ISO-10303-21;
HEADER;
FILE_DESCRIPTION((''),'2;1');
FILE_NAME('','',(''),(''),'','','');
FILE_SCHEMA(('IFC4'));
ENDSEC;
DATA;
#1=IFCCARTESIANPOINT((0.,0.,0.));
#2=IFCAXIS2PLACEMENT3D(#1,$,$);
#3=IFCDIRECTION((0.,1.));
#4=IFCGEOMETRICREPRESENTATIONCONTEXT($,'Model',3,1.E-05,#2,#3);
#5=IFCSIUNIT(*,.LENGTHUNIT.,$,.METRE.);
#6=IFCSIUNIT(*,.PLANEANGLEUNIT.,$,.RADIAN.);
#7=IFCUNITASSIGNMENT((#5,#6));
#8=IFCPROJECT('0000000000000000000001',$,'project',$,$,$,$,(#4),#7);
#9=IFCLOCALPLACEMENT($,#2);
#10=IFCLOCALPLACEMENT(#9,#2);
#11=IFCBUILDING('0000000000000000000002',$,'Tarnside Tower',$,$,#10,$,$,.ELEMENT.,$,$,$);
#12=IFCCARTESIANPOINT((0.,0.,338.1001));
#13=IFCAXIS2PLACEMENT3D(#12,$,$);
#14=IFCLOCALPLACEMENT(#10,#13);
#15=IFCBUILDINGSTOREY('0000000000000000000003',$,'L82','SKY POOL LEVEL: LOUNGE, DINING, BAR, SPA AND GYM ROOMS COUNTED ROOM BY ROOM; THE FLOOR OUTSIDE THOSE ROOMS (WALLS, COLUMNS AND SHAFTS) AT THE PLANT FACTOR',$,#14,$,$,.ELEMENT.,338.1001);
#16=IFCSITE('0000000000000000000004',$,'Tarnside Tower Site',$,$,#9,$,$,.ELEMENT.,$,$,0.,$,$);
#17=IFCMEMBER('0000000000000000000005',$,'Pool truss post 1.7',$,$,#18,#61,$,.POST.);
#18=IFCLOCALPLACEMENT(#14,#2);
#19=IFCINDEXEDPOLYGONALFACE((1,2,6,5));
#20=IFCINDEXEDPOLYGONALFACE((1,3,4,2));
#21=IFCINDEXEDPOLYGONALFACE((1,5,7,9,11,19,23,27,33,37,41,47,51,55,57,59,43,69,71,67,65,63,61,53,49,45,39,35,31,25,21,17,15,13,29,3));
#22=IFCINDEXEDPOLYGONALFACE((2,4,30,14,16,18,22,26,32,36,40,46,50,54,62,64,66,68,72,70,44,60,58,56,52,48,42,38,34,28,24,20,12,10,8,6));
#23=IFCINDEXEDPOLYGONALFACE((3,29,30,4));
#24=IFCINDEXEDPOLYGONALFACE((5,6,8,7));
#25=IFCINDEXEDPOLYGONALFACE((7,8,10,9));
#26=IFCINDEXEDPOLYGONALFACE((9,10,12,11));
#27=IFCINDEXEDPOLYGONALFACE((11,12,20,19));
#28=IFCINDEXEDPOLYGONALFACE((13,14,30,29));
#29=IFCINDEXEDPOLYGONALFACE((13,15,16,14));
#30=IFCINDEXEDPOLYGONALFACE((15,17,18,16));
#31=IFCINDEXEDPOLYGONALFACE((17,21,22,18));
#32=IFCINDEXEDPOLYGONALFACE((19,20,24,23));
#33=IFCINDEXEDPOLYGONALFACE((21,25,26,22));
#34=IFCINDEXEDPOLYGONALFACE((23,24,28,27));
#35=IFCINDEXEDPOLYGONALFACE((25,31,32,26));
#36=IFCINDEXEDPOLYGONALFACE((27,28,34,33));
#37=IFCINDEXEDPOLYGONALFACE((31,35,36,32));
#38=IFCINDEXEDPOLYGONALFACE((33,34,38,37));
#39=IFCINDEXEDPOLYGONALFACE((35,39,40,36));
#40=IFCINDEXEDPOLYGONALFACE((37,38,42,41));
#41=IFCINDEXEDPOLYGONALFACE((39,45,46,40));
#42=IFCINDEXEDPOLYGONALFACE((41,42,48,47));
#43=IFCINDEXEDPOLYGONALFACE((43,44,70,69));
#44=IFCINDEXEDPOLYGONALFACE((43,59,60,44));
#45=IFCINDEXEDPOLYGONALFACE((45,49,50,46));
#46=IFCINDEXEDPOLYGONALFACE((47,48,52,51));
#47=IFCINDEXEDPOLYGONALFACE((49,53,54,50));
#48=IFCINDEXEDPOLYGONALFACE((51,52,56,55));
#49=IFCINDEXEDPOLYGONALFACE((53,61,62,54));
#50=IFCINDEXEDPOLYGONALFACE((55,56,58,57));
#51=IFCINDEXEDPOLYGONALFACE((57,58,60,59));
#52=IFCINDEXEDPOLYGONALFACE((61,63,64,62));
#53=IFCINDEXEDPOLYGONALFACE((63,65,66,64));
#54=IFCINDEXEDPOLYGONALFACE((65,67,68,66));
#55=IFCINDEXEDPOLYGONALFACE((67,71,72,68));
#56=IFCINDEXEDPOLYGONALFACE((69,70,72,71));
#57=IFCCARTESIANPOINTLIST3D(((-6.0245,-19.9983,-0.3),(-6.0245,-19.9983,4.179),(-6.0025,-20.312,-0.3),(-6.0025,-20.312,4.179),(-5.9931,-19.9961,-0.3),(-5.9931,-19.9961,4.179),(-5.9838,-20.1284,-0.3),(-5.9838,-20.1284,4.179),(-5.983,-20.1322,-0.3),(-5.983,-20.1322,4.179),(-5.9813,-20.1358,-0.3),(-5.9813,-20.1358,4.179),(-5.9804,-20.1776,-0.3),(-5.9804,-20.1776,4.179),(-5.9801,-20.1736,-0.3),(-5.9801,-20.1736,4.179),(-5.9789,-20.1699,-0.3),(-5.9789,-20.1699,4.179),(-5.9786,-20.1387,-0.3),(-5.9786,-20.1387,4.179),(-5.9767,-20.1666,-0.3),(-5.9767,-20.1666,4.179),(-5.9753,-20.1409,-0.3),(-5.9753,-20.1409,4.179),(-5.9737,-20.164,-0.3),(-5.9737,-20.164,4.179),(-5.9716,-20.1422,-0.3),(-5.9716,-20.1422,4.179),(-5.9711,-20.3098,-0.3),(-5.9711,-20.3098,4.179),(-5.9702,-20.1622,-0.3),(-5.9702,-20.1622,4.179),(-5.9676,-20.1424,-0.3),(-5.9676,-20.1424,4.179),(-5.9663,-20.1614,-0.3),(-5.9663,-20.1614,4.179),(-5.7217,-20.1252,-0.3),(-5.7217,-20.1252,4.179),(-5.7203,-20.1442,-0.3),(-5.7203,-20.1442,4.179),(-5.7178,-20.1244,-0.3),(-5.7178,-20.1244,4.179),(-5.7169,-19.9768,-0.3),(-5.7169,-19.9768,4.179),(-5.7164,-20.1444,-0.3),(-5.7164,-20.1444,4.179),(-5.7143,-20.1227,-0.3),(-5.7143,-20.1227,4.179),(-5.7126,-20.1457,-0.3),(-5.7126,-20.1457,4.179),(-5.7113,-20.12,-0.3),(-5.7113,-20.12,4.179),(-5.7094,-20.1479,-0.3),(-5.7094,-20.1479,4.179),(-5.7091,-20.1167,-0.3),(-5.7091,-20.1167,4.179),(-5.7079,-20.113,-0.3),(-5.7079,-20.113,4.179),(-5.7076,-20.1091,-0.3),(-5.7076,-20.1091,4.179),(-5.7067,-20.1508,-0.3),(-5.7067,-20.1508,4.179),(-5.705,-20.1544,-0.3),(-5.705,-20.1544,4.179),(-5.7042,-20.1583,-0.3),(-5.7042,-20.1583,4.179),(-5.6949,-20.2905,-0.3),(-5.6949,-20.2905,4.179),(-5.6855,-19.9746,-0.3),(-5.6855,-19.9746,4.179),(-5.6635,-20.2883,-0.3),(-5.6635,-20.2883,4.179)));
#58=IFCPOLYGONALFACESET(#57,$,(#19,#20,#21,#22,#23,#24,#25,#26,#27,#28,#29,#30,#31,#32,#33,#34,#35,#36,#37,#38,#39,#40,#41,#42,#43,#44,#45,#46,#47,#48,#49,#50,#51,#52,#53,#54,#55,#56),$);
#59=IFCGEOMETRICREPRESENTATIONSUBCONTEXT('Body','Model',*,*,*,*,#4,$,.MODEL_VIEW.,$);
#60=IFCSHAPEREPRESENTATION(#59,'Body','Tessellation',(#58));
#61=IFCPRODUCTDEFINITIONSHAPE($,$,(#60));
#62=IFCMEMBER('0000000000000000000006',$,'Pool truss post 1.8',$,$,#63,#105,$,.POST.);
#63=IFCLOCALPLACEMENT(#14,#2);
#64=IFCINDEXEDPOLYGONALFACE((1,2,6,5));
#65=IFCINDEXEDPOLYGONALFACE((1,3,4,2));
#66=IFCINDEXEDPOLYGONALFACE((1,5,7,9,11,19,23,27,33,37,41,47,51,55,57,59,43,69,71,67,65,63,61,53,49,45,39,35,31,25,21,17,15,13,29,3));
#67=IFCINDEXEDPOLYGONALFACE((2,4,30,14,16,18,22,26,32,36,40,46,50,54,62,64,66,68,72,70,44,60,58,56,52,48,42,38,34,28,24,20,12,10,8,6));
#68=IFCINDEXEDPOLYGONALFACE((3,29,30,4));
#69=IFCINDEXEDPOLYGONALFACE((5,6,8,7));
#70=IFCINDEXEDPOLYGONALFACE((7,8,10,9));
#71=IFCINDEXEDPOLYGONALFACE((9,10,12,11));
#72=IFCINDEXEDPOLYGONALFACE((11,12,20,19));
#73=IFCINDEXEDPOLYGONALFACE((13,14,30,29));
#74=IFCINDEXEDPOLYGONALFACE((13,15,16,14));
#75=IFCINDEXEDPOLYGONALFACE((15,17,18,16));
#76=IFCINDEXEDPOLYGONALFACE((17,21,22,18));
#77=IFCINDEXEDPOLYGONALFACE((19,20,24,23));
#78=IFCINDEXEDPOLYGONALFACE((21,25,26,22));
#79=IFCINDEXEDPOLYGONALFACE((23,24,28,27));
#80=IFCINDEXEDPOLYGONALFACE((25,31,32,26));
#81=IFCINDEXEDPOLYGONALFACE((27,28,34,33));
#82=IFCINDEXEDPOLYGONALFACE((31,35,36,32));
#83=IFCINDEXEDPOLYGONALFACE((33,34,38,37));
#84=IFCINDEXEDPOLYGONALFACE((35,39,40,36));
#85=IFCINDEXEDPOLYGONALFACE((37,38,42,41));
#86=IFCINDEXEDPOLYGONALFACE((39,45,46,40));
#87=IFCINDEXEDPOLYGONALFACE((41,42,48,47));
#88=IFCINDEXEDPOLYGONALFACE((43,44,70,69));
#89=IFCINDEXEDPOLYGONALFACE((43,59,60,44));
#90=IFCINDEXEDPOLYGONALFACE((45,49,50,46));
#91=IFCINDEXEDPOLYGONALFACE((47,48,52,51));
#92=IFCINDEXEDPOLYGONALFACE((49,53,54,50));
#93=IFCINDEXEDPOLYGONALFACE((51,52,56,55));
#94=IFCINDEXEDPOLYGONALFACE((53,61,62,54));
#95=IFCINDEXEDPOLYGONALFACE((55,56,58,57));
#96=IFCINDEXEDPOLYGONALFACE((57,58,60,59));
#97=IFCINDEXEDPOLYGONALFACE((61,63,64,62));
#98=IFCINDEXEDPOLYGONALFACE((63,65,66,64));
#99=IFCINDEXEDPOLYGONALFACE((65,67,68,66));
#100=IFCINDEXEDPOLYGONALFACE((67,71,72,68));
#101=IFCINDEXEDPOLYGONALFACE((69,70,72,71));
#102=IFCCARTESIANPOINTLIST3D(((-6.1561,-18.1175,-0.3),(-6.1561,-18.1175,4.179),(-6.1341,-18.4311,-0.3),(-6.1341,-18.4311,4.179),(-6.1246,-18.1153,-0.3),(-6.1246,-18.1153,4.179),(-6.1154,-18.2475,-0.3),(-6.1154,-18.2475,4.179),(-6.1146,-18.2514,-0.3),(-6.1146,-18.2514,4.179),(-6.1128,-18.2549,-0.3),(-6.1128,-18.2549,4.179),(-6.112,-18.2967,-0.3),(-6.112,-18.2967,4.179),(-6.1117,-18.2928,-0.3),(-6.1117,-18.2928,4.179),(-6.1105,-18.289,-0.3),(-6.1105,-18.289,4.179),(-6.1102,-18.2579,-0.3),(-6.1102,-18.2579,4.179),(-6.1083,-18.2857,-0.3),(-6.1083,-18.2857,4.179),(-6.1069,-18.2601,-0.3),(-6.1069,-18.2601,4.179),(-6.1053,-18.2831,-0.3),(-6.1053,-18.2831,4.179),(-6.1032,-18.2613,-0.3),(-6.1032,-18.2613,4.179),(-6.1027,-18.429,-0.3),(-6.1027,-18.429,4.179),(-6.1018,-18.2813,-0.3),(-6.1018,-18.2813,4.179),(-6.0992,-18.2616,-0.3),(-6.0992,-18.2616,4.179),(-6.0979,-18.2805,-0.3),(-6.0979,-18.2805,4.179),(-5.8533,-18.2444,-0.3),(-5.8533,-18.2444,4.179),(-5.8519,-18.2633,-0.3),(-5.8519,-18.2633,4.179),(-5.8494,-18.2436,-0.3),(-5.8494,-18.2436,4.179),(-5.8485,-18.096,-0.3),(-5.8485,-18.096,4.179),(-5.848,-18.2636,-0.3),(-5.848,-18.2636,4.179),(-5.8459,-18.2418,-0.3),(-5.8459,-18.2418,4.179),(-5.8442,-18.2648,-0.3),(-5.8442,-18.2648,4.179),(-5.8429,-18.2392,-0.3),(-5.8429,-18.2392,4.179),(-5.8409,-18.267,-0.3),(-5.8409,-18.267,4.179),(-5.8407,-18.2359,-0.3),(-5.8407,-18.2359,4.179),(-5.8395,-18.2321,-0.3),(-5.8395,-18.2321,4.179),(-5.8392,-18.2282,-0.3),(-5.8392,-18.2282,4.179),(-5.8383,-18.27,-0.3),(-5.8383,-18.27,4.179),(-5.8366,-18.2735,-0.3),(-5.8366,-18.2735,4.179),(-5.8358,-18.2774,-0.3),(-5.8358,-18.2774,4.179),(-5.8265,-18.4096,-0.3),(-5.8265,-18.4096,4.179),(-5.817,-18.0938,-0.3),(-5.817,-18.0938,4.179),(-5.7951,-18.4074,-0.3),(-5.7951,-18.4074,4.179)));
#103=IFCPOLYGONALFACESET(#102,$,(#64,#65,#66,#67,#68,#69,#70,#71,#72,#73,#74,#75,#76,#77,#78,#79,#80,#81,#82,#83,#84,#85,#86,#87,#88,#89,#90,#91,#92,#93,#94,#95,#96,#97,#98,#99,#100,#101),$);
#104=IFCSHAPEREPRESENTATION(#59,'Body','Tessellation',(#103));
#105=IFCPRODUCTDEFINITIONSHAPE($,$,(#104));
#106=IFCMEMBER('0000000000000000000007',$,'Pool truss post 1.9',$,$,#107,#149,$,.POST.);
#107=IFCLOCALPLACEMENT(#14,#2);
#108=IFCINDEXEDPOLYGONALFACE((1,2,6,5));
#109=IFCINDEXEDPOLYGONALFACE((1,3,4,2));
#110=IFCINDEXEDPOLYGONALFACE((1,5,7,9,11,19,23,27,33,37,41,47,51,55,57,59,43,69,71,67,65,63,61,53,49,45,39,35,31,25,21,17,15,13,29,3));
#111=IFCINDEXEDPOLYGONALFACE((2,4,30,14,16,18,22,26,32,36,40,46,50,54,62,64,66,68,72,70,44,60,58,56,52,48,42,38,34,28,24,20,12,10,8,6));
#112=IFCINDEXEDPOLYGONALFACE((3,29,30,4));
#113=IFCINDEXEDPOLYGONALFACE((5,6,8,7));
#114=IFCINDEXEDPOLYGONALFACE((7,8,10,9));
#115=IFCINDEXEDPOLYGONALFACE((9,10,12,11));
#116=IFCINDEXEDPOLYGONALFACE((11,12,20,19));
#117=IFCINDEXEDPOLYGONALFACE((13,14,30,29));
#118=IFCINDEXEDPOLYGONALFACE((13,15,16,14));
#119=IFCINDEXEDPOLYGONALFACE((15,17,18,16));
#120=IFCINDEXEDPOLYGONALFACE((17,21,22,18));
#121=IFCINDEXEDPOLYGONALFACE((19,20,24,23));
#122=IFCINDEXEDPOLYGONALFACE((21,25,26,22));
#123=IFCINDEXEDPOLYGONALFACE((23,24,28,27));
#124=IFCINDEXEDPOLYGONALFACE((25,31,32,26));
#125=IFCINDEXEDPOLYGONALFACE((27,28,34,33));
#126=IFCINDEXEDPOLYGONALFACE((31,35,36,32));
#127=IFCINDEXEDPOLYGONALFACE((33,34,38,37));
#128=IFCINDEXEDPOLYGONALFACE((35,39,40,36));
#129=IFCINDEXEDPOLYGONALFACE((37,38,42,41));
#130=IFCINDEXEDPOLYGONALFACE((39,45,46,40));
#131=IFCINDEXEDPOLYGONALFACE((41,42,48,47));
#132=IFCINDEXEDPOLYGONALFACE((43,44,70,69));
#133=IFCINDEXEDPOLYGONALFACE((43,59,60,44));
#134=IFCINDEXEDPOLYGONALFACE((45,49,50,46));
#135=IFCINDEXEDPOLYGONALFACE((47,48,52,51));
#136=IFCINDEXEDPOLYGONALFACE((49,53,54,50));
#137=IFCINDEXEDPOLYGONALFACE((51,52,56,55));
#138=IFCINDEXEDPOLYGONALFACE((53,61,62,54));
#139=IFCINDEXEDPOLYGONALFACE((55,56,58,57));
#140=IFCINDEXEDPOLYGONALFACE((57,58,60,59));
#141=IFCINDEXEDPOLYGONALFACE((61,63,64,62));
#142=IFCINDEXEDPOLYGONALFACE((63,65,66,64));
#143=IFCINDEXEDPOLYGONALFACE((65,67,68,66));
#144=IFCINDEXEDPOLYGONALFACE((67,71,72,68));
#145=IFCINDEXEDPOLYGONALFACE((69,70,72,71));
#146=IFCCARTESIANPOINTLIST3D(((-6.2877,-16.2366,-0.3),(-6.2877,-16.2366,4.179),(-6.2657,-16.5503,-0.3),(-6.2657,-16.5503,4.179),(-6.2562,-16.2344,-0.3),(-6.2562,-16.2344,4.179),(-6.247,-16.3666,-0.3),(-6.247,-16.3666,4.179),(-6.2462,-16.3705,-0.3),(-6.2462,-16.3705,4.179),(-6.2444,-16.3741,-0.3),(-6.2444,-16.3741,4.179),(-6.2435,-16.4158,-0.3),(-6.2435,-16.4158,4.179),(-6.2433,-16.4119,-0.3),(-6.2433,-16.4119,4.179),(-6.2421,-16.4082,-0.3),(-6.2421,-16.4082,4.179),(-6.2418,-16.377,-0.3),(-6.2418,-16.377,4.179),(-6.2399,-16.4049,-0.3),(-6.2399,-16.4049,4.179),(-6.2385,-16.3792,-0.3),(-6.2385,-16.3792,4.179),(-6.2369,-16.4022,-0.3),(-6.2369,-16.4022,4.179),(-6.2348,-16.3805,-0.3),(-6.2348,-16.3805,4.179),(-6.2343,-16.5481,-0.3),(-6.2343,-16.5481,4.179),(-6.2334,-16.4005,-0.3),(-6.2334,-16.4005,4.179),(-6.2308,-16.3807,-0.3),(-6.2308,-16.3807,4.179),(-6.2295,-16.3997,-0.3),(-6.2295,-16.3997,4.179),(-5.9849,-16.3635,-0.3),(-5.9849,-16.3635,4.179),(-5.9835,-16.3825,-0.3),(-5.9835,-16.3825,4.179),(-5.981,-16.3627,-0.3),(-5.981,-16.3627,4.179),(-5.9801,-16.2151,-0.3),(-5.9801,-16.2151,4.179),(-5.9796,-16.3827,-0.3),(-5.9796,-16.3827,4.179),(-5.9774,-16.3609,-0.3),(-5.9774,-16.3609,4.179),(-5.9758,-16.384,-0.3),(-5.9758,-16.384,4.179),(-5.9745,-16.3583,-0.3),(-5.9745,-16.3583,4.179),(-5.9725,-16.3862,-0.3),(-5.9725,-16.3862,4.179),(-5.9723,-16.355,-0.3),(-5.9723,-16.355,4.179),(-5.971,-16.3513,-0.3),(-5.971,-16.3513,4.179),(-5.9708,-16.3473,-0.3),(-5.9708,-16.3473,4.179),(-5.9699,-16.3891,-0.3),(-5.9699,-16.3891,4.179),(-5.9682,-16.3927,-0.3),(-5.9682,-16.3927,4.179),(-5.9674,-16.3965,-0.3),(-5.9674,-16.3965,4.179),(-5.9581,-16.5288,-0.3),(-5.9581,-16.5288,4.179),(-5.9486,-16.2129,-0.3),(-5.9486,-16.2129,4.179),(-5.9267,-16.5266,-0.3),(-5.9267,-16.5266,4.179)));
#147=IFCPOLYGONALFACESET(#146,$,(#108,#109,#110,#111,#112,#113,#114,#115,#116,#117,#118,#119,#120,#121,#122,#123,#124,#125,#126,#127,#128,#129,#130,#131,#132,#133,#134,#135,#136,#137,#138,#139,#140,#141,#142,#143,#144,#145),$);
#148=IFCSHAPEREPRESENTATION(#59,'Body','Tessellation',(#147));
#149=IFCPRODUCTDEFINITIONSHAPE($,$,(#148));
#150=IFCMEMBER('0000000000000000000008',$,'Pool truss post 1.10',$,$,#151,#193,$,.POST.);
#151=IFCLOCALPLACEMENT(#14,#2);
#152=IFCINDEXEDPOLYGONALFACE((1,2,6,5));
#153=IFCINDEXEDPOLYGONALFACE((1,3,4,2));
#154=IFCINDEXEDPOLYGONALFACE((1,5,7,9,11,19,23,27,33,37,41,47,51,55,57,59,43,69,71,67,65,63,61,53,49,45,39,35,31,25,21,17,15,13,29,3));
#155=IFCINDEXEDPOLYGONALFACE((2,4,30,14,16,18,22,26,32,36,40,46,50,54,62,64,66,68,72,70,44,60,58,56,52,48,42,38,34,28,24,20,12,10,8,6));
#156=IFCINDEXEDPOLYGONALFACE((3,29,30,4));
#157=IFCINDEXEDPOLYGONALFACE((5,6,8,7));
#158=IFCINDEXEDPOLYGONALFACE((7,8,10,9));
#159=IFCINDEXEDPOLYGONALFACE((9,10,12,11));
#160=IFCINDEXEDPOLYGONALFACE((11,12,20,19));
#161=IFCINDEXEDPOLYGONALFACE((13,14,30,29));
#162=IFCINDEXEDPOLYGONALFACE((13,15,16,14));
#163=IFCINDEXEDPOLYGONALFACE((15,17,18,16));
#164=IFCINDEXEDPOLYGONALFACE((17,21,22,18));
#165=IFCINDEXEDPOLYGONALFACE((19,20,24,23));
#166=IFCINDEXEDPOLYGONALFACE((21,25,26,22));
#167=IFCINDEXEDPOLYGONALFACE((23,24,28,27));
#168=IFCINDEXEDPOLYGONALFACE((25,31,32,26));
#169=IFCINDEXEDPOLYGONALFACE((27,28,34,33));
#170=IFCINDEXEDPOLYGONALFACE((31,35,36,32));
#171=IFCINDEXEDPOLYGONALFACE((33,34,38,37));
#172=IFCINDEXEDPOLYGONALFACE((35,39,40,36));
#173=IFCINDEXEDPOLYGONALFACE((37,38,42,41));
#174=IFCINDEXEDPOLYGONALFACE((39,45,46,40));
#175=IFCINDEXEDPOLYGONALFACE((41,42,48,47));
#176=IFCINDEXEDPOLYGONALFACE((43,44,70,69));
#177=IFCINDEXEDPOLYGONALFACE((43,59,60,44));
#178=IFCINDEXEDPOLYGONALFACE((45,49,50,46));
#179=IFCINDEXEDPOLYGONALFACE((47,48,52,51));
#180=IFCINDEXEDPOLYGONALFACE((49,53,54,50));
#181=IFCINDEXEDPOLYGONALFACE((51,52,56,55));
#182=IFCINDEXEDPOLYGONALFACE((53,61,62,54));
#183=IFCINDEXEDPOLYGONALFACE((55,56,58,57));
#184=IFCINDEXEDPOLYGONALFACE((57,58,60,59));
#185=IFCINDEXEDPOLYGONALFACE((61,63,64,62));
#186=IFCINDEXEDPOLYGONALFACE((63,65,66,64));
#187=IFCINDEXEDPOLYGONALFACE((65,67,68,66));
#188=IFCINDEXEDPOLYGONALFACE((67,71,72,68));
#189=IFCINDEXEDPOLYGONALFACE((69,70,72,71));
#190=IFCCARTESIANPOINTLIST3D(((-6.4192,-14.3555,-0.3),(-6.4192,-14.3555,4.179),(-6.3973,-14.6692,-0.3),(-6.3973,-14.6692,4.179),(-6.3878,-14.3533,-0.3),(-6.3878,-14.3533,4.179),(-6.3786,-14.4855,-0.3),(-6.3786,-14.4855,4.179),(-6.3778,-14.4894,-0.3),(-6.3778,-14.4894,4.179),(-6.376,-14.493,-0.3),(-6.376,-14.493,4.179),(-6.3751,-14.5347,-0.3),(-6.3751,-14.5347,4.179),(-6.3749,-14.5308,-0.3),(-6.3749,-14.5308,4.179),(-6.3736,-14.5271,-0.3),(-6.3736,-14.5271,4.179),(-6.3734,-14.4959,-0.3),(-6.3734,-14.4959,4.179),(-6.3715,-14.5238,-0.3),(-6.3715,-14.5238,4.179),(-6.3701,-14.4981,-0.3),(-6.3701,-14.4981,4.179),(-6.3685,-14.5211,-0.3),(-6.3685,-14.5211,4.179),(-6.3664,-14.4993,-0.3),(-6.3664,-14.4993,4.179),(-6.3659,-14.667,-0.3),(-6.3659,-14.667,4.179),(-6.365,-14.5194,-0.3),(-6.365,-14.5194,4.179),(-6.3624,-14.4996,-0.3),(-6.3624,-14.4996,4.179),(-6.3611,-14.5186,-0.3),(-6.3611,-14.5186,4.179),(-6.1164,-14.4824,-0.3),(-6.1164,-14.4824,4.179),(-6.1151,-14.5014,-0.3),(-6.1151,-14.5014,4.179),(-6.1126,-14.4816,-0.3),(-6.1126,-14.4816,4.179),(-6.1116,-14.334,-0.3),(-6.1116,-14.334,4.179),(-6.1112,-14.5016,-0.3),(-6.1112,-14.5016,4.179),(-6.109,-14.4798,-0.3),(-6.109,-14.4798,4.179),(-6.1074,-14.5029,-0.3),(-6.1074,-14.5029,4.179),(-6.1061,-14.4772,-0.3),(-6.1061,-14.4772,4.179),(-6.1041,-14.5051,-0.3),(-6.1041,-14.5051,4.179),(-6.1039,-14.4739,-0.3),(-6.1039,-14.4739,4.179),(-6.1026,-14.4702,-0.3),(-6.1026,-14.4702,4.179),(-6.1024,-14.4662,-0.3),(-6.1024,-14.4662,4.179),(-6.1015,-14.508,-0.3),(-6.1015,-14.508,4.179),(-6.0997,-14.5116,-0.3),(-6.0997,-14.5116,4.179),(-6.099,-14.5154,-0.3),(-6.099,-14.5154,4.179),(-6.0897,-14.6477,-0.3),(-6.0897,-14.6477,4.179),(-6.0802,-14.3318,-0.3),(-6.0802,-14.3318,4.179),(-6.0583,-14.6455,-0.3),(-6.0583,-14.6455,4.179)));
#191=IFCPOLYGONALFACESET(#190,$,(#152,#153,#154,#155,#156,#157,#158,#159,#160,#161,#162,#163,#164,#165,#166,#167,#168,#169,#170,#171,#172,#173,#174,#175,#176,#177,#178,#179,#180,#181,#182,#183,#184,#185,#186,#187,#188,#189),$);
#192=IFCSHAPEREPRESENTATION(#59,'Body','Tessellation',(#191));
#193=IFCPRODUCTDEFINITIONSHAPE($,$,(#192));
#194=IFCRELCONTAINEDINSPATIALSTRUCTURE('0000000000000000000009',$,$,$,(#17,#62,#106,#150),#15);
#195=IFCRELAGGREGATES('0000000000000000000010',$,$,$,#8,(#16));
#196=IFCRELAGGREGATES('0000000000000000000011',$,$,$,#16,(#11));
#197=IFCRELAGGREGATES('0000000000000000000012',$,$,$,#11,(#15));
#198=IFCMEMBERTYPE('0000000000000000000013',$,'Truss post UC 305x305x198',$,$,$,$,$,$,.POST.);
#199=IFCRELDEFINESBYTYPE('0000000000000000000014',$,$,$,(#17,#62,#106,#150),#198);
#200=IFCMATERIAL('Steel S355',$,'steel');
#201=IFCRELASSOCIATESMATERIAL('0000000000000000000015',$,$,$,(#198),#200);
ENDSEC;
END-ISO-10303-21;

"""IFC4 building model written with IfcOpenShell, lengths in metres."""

from ifc_helpers import new_model, si_unit, direction, frame, origin, origin_2d, place, context, subcontext, project, spatial, i_section, extrude, material, material_profile, profile_set, type_object, element, save


model = new_model("IFC4")

# Units and contexts
model_context = context("Model", 3, precision=1e-05, world=origin(), true_north=direction((0.0, 1.0)))
body_context = subcontext(model_context, "Body", "Model", "MODEL_VIEW")
ifc_project = project(units=[si_unit("LENGTHUNIT", "METRE"), si_unit("PLANEANGLEUNIT", "RADIAN")], contexts=[model_context])

# Site, building, storey
site_placement = place(None, origin())
site = spatial("IfcSite", under=ifc_project, at=site_placement, Name="Tarnside Tower Site", CompositionType="ELEMENT", RefElevation=0.0)
building_placement = place(site_placement, origin())
building = spatial("IfcBuilding", under=site, at=building_placement, Name="Tarnside Tower", CompositionType="ELEMENT")
storey_placement = place(building_placement, frame((0.0, 0.0, 338.1001)))
storey = spatial("IfcBuildingStorey", under=building, at=storey_placement, Name="L82", Description="SKY POOL LEVEL: LOUNGE, DINING, BAR, SPA AND GYM ROOMS COUNTED ROOM BY ROOM; THE FLOOR OUTSIDE THOSE ROOMS (WALLS, COLUMNS AND SHAFTS) AT THE PLANT FACTOR", CompositionType="ELEMENT", Elevation=338.1001)

# Shared definitions
ifc_material_1 = material(Name="Steel S355", Category="steel")

# Members
ifc_material_profile_1 = material_profile(ifc_material_1, i_section(OverallWidth=0.3145, OverallDepth=0.3398, WebThickness=0.019, FlangeThickness=0.0315, FilletRadius=0.0151, at=origin_2d()), Name="UC 305x305x198")
ifc_profile_set_1 = profile_set([ifc_material_profile_1], Name="Steel S355")
member_type_1 = type_object("IfcMemberType", Name="Truss post UC 305x305x198", PredefinedType="POST", material=ifc_profile_set_1)
for number, where, z_axis, x_axis, name in (
    (1, (-5.844, -20.1433, -0.3), (0.0, 0.0, 1.0), (-0.069756, 0.997564, 0.0), "Pool truss post 1.7"),
    (2, (-5.9756, -18.2625, -0.3), (0.0, 0.0, 1.0), (-0.069756, 0.997564, 0.0), "Pool truss post 1.8"),
    (3, (-6.1072, -16.3816, -0.3), (0.0, 0.0, 1.0), (-0.069756, 0.997564, 0.0), "Pool truss post 1.9"),
    (4, (-6.2388, -14.5005, -0.3), (0.0, 0.0, 1.0), (-0.069756, 0.997564, 0.0), "Pool truss post 1.10"),
):
    element("IfcMember", number, at=place(storey_placement, frame(where, z_axis=z_axis, x_axis=x_axis)), inside=storey, type_object=member_type_1, Name=name, PredefinedType="POST", context=body_context, shape_type="SweptSolid", body=[
        extrude(i_section(OverallWidth=0.3145, OverallDepth=0.3398, WebThickness=0.019, FlangeThickness=0.0315, FilletRadius=0.0151, at=origin_2d()), origin(), (0.0, 0.0, 1.0), 4.479),
    ])

save(model, "model.ifc")
